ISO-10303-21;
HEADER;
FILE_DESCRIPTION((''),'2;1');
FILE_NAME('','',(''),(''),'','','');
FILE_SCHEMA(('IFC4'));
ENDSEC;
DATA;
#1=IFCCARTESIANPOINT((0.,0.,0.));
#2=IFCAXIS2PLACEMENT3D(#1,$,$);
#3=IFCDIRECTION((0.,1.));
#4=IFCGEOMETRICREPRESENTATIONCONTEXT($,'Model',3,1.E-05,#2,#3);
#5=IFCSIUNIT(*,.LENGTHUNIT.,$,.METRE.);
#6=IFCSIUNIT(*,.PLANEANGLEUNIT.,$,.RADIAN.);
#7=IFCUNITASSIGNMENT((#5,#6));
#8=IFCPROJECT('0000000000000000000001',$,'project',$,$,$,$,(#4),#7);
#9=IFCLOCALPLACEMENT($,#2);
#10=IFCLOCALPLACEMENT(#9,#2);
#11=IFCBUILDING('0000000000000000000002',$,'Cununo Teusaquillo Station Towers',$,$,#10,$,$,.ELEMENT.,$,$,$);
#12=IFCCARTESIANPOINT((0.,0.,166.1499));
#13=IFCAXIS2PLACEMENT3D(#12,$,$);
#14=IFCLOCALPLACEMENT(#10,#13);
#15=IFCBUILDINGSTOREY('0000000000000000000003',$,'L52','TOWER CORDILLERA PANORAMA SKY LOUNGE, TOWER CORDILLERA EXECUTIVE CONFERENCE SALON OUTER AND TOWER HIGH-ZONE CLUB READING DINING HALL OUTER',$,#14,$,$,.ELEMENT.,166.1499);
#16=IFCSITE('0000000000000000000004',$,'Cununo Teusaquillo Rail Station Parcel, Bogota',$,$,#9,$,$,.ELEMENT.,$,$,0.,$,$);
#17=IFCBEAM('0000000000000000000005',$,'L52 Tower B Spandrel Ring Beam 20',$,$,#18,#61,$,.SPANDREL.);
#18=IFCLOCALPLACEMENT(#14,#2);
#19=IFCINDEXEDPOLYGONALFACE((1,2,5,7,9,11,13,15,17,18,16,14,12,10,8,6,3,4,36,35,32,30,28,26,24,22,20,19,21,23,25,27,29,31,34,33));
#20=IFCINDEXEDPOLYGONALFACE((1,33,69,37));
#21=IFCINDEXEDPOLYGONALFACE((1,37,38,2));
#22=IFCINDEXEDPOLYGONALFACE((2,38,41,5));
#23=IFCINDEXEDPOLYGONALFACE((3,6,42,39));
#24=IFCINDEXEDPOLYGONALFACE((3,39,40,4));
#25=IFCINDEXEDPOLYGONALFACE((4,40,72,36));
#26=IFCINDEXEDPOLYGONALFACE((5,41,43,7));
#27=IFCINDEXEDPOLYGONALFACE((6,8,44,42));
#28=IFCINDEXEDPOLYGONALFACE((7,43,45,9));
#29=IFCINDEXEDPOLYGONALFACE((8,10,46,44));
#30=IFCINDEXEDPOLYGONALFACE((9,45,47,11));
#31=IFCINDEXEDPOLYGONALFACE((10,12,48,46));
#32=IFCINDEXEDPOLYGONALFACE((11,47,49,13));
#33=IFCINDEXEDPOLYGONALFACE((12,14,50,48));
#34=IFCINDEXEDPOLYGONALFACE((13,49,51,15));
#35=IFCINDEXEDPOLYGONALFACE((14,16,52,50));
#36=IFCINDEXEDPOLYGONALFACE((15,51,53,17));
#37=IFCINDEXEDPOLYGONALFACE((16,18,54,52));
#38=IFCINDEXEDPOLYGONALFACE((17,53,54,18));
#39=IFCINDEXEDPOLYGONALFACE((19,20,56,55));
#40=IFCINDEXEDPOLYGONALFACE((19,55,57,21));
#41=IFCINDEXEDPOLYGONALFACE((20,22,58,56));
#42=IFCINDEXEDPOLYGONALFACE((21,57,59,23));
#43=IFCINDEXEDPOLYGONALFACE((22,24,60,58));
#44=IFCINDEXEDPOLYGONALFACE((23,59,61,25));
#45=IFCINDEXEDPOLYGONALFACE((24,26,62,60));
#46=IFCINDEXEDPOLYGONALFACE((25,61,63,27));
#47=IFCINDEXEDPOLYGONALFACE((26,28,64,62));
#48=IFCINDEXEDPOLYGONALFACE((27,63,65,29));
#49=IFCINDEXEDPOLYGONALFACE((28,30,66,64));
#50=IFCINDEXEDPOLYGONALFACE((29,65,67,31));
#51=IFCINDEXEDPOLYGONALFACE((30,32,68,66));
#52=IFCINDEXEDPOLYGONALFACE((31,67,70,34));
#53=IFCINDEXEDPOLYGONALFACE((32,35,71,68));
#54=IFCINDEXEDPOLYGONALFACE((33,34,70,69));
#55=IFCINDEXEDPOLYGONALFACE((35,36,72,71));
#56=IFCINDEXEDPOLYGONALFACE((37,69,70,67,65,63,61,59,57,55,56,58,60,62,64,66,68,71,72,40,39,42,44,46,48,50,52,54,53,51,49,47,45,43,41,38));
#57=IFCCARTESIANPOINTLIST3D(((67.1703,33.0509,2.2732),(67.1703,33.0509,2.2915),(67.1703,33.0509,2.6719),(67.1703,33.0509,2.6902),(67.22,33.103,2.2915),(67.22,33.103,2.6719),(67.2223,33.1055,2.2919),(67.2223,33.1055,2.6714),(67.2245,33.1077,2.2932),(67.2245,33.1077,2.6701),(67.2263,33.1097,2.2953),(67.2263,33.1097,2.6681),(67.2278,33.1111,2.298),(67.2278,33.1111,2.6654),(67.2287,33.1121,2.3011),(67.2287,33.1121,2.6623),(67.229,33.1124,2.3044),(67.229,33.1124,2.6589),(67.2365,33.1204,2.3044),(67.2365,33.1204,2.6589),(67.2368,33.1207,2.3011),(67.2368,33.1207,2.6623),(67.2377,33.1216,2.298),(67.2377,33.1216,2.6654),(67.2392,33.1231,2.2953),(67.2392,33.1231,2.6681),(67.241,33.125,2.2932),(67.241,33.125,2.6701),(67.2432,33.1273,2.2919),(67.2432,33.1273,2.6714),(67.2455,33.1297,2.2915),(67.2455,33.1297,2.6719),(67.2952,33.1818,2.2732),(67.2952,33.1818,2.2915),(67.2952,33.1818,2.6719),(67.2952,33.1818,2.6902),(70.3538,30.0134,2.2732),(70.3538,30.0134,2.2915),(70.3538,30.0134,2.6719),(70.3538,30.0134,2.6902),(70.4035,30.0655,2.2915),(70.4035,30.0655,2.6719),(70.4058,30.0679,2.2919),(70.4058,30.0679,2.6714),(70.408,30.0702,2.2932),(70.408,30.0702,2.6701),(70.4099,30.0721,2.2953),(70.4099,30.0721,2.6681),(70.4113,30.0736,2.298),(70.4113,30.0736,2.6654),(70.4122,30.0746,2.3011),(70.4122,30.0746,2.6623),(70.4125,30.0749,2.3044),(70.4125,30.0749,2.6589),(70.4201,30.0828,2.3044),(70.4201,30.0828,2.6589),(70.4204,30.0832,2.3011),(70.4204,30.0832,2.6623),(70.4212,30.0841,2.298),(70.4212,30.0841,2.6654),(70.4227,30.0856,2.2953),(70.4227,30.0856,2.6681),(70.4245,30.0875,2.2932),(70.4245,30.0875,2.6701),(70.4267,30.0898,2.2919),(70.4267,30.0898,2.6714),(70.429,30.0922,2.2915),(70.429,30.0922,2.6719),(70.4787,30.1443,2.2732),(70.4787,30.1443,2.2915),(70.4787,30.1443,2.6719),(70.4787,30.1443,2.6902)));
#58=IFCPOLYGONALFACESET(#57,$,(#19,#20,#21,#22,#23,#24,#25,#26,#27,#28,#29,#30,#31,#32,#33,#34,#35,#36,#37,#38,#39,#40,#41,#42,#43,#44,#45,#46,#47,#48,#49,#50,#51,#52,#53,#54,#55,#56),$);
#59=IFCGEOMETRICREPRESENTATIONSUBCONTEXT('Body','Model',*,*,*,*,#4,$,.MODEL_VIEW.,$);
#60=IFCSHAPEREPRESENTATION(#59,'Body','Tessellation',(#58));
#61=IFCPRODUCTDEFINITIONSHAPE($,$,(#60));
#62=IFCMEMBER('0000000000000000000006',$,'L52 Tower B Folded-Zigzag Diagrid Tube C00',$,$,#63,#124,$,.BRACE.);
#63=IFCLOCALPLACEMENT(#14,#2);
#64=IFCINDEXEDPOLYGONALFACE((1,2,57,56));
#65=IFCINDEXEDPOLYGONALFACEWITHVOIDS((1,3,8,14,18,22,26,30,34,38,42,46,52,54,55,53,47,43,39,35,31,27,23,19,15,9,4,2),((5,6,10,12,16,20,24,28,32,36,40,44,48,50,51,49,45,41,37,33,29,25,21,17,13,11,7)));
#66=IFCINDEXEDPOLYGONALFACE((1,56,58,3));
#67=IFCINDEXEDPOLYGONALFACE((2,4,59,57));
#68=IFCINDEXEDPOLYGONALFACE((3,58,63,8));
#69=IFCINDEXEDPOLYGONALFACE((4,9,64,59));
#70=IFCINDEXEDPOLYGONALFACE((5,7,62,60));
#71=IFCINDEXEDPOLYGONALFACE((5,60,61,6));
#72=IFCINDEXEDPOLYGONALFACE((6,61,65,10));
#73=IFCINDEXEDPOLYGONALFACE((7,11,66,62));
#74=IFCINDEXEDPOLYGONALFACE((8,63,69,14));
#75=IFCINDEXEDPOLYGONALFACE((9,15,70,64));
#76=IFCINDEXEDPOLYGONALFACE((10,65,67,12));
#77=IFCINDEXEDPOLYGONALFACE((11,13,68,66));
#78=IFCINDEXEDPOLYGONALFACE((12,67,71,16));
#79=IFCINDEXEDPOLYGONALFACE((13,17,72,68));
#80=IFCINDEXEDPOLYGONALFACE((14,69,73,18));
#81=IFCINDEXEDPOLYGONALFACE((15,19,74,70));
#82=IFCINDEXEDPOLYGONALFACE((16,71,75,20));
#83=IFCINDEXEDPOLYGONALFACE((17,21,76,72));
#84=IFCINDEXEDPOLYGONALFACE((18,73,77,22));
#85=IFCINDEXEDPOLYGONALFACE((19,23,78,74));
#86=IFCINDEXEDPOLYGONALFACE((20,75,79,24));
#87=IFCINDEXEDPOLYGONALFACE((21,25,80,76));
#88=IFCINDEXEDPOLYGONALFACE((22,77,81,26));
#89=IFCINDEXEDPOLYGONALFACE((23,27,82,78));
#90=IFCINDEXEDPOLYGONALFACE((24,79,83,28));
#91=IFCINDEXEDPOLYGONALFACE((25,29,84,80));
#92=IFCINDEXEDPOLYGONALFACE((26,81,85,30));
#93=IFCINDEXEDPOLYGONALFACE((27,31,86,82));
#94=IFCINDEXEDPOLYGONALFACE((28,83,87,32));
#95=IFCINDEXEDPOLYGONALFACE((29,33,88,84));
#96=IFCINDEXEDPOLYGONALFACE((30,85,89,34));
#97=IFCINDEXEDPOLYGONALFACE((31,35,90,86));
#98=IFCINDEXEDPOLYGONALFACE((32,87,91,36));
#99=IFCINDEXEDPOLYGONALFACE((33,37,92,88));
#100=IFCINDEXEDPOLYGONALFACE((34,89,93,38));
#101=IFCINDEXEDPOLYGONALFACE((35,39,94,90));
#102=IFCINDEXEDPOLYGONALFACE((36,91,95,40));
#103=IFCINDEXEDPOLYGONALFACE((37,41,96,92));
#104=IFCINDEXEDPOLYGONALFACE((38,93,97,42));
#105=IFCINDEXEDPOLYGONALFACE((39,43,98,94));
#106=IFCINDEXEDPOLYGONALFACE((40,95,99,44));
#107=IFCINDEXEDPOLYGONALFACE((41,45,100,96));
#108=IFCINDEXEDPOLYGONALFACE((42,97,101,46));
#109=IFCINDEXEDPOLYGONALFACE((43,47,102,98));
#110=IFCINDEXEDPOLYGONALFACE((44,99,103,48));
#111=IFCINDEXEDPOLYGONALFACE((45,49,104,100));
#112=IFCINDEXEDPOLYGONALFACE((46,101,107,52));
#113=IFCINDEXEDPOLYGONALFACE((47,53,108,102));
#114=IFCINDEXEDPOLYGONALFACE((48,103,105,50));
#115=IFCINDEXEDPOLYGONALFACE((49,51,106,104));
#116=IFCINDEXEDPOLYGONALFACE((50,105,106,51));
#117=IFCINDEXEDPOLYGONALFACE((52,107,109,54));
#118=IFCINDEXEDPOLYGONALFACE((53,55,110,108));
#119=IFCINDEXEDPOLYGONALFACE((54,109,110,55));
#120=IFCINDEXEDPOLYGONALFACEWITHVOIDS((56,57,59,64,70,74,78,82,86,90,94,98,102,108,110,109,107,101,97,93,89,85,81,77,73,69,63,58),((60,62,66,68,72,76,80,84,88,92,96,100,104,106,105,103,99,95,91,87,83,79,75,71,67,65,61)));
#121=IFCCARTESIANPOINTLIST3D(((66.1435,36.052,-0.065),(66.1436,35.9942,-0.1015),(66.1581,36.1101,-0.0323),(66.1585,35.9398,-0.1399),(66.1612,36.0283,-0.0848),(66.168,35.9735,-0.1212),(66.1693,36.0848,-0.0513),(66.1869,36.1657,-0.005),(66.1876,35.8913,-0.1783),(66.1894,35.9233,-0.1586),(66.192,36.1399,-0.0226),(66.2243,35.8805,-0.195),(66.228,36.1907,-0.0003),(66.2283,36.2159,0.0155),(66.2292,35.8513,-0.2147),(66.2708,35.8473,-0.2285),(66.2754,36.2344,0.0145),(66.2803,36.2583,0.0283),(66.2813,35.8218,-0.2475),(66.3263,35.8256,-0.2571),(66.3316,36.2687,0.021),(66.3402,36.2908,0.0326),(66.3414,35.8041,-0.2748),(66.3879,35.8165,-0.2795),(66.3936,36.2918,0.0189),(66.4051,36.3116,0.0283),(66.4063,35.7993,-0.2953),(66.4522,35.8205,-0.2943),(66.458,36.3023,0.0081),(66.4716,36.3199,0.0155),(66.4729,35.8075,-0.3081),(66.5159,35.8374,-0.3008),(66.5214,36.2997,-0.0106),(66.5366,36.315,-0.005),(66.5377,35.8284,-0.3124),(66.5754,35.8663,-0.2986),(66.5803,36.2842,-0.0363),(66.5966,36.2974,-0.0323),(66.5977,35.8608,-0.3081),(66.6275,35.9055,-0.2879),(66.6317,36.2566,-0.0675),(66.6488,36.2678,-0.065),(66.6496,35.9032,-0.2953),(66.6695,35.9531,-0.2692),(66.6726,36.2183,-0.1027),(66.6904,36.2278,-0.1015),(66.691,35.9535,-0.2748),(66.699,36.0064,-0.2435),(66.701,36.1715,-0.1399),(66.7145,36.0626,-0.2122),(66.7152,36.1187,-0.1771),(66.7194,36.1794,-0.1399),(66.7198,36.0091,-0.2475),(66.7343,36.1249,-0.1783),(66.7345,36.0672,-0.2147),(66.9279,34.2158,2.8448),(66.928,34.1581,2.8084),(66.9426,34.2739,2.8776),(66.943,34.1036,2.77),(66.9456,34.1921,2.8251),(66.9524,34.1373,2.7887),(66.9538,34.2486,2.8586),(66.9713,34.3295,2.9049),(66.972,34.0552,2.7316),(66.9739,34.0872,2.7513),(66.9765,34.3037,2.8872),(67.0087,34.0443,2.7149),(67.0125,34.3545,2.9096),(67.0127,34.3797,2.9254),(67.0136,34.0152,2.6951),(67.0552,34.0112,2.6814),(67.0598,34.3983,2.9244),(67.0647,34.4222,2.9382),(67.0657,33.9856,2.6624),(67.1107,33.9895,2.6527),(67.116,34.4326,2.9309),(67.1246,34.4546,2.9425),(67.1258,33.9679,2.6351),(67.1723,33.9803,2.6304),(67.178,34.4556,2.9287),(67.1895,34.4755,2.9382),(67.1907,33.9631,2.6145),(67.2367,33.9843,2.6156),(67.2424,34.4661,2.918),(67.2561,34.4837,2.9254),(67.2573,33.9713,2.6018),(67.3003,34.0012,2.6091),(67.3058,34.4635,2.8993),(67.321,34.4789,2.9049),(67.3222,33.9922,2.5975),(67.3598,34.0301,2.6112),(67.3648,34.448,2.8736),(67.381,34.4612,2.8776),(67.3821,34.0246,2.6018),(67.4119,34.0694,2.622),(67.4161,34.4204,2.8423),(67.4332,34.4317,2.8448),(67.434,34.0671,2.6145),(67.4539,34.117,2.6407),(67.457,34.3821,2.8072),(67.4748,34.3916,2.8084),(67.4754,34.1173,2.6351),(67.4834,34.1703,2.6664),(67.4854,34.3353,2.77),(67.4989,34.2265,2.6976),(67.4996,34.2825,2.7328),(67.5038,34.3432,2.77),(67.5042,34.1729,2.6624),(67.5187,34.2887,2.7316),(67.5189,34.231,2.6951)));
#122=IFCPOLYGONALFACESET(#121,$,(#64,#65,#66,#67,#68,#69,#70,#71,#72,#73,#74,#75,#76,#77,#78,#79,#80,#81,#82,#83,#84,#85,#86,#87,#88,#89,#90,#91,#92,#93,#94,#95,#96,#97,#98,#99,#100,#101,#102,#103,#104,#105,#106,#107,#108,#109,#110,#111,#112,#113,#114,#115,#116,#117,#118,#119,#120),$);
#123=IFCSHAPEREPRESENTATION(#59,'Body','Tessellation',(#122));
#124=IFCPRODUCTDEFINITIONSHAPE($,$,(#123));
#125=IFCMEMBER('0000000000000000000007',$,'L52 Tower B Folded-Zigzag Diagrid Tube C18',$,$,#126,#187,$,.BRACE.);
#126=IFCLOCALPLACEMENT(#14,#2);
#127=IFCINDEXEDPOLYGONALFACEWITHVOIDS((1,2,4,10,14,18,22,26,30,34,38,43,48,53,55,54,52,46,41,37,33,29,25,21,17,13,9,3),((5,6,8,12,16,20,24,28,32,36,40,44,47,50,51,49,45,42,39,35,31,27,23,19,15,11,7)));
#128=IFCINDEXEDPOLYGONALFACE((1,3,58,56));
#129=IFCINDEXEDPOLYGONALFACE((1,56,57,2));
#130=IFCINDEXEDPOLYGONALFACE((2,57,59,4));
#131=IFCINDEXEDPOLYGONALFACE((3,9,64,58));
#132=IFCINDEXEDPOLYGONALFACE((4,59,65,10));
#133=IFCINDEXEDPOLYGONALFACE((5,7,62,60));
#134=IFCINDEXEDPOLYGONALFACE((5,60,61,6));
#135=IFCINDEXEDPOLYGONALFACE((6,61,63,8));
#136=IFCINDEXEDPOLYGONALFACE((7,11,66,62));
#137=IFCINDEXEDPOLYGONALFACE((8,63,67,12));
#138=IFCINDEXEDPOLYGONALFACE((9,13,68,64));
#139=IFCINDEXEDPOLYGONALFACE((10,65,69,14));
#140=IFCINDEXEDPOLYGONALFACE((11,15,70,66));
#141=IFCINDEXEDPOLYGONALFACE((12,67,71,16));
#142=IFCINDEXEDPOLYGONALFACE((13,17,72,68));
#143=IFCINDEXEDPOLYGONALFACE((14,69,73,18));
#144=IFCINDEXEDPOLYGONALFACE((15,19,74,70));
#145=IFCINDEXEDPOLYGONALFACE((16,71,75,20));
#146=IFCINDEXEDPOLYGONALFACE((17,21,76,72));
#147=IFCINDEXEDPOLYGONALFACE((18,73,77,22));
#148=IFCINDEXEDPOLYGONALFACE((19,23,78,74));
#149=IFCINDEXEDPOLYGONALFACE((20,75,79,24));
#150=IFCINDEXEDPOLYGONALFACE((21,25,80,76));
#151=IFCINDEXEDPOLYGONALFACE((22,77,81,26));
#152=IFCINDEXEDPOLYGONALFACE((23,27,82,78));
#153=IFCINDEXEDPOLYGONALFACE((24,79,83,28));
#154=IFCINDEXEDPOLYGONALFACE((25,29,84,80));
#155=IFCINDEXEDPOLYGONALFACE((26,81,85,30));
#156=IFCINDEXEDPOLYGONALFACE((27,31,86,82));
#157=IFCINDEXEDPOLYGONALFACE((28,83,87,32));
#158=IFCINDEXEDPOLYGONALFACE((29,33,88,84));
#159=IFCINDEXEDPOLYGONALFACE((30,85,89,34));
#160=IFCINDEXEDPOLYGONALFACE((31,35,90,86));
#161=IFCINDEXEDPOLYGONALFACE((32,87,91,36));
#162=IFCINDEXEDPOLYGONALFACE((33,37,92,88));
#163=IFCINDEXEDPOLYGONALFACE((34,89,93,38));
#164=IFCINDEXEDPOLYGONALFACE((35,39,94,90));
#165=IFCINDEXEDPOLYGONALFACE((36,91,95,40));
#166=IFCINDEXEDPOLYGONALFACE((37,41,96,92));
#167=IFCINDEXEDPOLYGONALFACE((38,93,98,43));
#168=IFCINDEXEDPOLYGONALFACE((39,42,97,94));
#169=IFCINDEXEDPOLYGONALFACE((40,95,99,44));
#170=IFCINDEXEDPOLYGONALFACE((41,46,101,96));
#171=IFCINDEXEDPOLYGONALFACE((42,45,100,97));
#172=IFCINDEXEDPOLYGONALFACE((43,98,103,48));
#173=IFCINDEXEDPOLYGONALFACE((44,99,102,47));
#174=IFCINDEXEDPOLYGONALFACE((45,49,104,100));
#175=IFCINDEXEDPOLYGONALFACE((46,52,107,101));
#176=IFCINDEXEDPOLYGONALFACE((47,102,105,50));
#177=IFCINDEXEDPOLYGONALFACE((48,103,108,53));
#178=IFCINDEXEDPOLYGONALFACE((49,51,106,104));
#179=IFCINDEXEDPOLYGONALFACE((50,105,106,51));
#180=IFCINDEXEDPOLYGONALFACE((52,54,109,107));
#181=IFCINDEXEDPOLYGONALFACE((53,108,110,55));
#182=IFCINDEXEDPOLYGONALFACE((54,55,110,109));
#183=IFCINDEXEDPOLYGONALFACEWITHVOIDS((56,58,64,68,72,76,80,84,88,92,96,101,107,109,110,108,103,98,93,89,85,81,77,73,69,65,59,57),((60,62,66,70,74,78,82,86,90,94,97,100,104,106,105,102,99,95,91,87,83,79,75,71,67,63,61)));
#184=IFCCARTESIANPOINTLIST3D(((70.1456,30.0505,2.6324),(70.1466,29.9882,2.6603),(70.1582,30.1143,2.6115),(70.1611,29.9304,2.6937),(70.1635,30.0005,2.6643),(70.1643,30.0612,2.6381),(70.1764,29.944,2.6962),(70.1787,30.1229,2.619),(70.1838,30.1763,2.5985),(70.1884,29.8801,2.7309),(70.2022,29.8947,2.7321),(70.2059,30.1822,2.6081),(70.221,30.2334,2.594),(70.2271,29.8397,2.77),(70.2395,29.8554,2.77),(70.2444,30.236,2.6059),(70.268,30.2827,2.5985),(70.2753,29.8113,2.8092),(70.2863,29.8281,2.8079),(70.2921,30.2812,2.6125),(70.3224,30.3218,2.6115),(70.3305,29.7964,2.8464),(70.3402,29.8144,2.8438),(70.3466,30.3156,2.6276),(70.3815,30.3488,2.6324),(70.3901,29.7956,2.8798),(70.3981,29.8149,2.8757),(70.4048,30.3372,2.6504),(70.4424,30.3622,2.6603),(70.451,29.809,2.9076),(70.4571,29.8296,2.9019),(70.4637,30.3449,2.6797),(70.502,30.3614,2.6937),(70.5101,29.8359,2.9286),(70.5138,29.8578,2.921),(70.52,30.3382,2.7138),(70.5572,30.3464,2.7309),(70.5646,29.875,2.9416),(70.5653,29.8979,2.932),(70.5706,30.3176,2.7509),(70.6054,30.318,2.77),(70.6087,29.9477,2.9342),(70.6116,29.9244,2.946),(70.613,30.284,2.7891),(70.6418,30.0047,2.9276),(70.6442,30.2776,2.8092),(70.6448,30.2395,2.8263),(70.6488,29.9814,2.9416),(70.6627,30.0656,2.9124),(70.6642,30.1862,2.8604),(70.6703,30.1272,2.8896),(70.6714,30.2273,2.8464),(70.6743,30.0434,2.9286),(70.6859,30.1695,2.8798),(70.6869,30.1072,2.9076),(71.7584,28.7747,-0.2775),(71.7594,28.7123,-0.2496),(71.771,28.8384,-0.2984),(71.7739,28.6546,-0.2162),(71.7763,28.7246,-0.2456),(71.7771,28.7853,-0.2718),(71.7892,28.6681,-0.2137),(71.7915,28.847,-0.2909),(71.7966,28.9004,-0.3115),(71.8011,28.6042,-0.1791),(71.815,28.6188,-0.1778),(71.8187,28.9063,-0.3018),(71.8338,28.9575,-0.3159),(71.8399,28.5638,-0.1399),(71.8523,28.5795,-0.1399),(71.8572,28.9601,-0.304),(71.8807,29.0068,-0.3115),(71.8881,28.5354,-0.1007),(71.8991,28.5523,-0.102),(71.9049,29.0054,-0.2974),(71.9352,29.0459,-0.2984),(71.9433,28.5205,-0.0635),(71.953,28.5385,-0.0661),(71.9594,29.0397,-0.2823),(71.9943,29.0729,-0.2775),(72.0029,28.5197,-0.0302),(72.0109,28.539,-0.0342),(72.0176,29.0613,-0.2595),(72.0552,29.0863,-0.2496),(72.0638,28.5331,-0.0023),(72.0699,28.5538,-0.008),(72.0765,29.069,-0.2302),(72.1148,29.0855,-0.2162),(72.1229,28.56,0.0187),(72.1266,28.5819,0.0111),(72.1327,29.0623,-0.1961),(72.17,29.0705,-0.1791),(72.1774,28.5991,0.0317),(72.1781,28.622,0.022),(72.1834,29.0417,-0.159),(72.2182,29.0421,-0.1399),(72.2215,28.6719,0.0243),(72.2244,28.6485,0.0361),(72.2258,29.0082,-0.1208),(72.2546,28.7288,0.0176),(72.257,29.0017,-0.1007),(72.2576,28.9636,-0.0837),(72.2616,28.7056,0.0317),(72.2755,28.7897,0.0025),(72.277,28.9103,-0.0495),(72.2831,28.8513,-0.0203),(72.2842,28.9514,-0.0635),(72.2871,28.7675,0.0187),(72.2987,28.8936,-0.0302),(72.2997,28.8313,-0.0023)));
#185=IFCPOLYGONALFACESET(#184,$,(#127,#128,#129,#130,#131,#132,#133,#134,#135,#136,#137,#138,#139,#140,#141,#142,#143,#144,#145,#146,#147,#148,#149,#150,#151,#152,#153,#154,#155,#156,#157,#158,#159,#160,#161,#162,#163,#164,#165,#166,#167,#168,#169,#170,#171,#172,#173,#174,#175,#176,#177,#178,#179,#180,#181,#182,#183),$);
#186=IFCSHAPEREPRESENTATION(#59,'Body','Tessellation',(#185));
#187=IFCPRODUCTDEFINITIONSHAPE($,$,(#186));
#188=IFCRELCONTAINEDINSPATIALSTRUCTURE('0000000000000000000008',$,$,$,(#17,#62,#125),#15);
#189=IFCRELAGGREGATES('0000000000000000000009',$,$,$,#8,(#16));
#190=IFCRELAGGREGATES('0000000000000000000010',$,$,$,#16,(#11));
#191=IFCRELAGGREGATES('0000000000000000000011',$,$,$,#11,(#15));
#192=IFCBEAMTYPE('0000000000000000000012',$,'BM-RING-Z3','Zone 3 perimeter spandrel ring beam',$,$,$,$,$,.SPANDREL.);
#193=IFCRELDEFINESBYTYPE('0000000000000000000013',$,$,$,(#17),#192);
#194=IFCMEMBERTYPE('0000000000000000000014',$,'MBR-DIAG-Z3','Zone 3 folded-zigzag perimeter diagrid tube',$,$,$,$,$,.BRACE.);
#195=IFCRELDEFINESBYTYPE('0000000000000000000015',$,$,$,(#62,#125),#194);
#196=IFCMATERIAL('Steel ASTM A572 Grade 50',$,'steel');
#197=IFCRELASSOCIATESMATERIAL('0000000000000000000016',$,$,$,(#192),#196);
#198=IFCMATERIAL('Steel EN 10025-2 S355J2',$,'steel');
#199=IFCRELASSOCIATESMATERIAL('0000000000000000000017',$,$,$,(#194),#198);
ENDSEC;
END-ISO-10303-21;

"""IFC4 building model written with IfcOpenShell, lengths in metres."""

from ifc_helpers import new_model, si_unit, direction, frame, origin, origin_2d, place, context, subcontext, project, spatial, hollow_circle, i_section, extrude, material, material_profile, profile_set, type_object, element, save


model = new_model("IFC4")

# Units and contexts
model_context = context("Model", 3, precision=1e-05, world=origin(), true_north=direction((0.0, 1.0)))
body_context = subcontext(model_context, "Body", "Model", "MODEL_VIEW")
ifc_project = project(units=[si_unit("LENGTHUNIT", "METRE"), si_unit("PLANEANGLEUNIT", "RADIAN")], contexts=[model_context])

# Site, building, storey
site_placement = place(None, origin())
site = spatial("IfcSite", under=ifc_project, at=site_placement, Name="Cununo Teusaquillo Rail Station Parcel, Bogota", CompositionType="ELEMENT", RefElevation=0.0)
building_placement = place(site_placement, origin())
building = spatial("IfcBuilding", under=site, at=building_placement, Name="Cununo Teusaquillo Station Towers", CompositionType="ELEMENT")
storey_placement = place(building_placement, frame((0.0, 0.0, 166.1499)))
storey = spatial("IfcBuildingStorey", under=building, at=storey_placement, Name="L52", Description="TOWER CORDILLERA PANORAMA SKY LOUNGE, TOWER CORDILLERA EXECUTIVE CONFERENCE SALON OUTER AND TOWER HIGH-ZONE CLUB READING DINING HALL OUTER", CompositionType="ELEMENT", Elevation=166.1499)

# Beam
ifc_material_1 = material(Name="Steel ASTM A572 Grade 50", Category="steel")
ifc_material_profile_1 = material_profile(ifc_material_1, i_section(OverallWidth=0.1809, OverallDepth=0.417, WebThickness=0.011, FlangeThickness=0.0183, FilletRadius=0.0129, at=origin_2d()), Name="W16X57")
ifc_profile_set_1 = profile_set([ifc_material_profile_1], Name="Steel ASTM A572 Grade 50")
beam_type_1 = type_object("IfcBeamType", Name="BM-RING-Z3", Description="Zone 3 perimeter spandrel ring beam", PredefinedType="SPANDREL", material=ifc_profile_set_1)
beam_1_placement = place(storey_placement, frame((70.4163, 30.0789, 2.4817), z_axis=(-0.723502, 0.690323, 0.0), x_axis=(-0.690323, -0.723502, 0.0)))
element("IfcBeam", 1, at=beam_1_placement, inside=storey, type_object=beam_type_1, Name="L52 Tower B Spandrel Ring Beam 20", PredefinedType="SPANDREL", context=body_context, shape_type="SweptSolid", body=[
    extrude(i_section(OverallWidth=0.1809, OverallDepth=0.417, WebThickness=0.011, FlangeThickness=0.0183, FilletRadius=0.0129, at=origin_2d()), origin(), (0.0, 0.0, 1.0), 4.4001),
])

# Members
ifc_material_2 = material(Name="Steel EN 10025-2 S355J2", Category="steel")
ifc_material_profile_2 = material_profile(ifc_material_2, hollow_circle(Radius=0.3049, WallThickness=0.02, at=origin_2d()), Name="CHS 610x20")
ifc_profile_set_2 = profile_set([ifc_material_profile_2], Name="Steel EN 10025-2 S355J2")
member_type = type_object("IfcMemberType", Name="MBR-DIAG-Z3", Description="Zone 3 folded-zigzag perimeter diagrid tube", PredefinedType="BRACE", material=ifc_profile_set_2)
member_1_placement = place(storey_placement, frame((66.439, 36.0596, -0.1399), z_axis=(0.222274, -0.520299, 0.82455), x_axis=(0.9196, 0.392857, 0.0)))
element("IfcMember", 2, at=member_1_placement, inside=storey, type_object=member_type, Name="L52 Tower B Folded-Zigzag Diagrid Tube C00", PredefinedType="BRACE", context=body_context, shape_type="SweptSolid", body=[
    extrude(hollow_circle(Radius=0.3049, WallThickness=0.02, at=origin_2d()), origin(), (0.0, 0.0, 1.0), 3.5291),
])
member_2_placement = place(storey_placement, frame((72.0291, 28.803, -0.1399), z_axis=(-0.452622, 0.358069, 0.816652), x_axis=(-0.620429, -0.784262, 0.0)))
element("IfcMember", 3, at=member_2_placement, inside=storey, type_object=member_type, Name="L52 Tower B Folded-Zigzag Diagrid Tube C18", PredefinedType="BRACE", context=body_context, shape_type="SweptSolid", body=[
    extrude(hollow_circle(Radius=0.3049, WallThickness=0.02, at=origin_2d()), origin(), (0.0, 0.0, 1.0), 3.5632),
])

save(model, "model.ifc")
